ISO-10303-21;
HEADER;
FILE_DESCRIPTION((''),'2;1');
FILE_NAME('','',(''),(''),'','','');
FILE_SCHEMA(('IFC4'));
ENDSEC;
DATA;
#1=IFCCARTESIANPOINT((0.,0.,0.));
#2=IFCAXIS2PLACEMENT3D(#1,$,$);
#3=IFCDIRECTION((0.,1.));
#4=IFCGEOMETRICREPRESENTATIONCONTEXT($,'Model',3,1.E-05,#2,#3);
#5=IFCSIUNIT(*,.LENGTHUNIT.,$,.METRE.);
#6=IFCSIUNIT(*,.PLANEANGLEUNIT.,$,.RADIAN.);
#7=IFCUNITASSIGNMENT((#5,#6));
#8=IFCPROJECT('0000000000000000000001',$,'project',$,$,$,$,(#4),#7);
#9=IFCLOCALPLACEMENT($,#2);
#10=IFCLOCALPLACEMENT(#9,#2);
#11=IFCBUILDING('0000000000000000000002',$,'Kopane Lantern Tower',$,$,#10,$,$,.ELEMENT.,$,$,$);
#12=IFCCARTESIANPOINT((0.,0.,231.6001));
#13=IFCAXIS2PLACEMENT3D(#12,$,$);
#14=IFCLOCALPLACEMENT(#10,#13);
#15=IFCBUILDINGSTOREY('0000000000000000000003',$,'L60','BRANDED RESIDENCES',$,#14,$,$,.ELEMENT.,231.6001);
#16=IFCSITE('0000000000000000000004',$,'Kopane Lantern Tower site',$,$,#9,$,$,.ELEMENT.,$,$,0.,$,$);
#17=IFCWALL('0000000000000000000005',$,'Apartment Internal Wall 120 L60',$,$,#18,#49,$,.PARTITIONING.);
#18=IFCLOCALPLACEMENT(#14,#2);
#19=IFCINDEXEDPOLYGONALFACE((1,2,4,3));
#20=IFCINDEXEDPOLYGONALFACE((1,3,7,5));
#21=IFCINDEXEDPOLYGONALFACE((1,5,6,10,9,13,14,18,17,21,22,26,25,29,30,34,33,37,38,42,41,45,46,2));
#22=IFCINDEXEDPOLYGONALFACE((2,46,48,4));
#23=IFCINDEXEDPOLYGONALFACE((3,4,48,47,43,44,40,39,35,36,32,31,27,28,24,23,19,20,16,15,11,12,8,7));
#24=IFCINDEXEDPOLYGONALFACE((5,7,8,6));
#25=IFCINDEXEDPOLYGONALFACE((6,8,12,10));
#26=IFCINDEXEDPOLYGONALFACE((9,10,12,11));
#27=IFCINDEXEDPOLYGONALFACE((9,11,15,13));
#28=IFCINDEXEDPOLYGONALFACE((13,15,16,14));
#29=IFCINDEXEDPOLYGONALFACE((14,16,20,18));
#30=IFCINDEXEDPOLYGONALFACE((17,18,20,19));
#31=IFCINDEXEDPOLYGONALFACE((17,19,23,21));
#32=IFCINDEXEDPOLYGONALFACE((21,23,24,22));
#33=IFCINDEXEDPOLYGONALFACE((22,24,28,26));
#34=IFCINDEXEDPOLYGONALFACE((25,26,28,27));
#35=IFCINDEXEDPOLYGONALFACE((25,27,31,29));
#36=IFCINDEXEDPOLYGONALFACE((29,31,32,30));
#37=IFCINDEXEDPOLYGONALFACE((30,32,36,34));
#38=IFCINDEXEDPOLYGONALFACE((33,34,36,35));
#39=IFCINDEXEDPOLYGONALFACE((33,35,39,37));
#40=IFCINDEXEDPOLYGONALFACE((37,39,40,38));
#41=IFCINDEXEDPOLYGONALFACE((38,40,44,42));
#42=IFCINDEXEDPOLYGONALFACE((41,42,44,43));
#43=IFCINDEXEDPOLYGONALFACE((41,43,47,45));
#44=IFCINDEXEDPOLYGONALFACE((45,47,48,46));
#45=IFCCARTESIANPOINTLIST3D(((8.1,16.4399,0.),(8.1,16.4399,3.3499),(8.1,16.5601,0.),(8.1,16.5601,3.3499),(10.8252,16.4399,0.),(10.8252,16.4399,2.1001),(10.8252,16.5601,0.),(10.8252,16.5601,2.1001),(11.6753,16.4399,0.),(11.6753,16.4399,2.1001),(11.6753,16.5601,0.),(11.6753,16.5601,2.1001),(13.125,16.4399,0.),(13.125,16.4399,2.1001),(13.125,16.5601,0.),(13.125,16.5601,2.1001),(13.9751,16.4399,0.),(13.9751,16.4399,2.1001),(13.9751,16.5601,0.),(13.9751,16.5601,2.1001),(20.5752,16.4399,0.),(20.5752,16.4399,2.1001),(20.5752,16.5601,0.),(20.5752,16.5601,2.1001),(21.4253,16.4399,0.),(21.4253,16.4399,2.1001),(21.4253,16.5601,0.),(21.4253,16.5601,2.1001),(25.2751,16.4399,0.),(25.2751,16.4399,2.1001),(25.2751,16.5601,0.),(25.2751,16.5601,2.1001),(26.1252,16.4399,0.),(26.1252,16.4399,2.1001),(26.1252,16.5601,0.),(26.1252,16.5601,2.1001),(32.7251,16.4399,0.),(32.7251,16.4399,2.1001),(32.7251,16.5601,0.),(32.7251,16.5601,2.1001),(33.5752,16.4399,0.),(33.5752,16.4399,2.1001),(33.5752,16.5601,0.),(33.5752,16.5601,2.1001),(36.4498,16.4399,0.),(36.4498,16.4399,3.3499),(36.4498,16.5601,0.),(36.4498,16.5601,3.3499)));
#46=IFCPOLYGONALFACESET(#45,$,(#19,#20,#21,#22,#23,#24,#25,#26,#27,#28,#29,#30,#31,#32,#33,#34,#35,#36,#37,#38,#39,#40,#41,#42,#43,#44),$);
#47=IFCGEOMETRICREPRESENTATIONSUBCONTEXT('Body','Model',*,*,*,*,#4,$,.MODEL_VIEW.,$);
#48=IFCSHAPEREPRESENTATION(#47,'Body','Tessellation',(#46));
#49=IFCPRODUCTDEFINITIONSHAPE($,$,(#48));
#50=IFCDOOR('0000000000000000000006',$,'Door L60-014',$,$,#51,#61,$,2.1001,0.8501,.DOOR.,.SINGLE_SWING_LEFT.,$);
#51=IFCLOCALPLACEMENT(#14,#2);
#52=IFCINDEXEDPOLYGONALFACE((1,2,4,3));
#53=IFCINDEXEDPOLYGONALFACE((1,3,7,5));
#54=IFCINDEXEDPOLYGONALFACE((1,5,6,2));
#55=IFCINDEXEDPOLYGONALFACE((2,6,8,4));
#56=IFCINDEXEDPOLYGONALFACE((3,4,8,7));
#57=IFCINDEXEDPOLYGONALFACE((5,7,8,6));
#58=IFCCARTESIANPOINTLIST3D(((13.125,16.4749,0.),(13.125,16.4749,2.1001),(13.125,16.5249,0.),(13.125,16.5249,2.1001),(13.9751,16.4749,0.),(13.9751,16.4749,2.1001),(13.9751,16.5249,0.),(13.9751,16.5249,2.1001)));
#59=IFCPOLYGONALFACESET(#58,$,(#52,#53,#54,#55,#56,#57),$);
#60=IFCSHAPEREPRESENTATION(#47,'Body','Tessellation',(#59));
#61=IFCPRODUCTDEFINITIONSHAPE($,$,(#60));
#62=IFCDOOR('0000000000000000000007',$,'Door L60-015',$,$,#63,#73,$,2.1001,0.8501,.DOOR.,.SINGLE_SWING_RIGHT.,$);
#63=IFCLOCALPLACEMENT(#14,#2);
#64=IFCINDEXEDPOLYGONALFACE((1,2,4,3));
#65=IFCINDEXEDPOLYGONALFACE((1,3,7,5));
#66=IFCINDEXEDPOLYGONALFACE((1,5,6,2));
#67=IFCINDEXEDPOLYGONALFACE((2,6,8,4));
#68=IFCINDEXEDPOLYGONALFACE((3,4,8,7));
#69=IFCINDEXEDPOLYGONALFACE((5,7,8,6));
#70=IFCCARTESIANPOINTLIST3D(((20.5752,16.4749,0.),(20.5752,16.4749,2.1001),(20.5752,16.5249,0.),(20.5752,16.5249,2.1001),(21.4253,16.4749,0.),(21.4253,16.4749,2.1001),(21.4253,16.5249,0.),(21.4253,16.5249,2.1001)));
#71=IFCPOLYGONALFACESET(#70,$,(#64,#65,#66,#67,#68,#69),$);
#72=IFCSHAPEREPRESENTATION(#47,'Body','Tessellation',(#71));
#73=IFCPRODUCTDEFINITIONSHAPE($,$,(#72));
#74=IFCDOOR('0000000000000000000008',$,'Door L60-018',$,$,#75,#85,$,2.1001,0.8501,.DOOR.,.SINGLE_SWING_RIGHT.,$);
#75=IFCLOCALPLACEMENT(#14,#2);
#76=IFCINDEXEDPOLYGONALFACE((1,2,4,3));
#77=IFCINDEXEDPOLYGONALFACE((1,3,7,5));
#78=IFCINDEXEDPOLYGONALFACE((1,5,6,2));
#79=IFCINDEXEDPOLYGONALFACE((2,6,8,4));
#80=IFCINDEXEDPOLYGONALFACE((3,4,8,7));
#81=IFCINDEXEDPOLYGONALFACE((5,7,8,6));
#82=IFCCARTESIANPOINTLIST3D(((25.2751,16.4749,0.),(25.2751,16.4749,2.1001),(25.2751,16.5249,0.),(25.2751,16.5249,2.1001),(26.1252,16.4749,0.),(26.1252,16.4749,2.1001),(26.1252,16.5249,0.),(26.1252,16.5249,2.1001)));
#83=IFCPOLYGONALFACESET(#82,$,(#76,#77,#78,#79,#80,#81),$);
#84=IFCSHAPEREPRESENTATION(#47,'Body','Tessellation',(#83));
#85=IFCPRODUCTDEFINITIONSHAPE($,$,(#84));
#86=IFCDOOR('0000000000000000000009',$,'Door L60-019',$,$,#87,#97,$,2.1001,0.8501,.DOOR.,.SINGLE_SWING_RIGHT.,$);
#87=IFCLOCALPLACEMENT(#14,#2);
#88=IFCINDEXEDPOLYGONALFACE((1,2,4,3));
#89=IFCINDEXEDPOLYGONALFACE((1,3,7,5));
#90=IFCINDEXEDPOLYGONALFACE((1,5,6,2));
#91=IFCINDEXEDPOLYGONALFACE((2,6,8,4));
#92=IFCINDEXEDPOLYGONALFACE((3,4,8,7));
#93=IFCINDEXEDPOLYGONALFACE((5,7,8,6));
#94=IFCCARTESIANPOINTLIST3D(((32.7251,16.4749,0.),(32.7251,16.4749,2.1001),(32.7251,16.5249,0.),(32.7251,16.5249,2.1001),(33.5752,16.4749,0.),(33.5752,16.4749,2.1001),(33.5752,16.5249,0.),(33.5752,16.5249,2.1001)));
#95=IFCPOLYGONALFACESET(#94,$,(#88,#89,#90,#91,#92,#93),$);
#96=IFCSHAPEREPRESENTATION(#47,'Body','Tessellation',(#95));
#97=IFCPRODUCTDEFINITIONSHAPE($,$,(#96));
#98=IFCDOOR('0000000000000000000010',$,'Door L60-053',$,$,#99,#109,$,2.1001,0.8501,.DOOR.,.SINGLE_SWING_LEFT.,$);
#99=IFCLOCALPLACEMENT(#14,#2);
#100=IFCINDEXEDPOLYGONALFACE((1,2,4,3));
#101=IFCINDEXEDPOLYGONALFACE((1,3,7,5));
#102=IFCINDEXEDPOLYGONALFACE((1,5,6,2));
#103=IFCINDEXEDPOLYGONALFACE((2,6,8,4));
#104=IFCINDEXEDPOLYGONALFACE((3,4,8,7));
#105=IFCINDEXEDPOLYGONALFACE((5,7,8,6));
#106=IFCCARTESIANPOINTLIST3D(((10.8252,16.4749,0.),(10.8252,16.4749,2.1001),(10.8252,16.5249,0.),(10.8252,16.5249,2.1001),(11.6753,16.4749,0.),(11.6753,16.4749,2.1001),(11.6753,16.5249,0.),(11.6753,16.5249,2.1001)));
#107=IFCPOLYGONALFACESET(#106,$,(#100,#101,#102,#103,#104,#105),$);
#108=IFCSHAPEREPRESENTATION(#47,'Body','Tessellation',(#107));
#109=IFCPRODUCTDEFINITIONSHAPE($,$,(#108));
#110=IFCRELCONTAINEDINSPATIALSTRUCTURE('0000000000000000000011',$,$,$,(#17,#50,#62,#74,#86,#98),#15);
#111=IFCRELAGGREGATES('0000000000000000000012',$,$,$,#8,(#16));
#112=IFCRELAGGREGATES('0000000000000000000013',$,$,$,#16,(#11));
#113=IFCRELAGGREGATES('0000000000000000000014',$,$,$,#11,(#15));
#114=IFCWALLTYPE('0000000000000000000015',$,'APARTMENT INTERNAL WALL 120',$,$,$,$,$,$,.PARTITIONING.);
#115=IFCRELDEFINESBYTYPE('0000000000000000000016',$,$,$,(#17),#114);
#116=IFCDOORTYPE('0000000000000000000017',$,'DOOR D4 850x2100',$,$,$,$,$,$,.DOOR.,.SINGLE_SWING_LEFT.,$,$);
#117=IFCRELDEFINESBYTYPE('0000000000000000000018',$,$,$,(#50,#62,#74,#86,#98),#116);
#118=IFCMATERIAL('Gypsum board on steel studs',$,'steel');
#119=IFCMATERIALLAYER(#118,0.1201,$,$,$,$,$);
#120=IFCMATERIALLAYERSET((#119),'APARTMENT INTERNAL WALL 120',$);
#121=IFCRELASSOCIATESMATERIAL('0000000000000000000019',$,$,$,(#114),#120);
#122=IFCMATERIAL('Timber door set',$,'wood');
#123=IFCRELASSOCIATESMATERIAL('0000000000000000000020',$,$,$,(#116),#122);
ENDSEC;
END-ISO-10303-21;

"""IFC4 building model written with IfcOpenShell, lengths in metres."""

from ifc_helpers import new_model, si_unit, direction, frame, frame_2d, origin, place, context, subcontext, project, spatial, rectangle, extrude, material, layer, layer_set, type_object, element, fill, save


model = new_model("IFC4")

# Units and contexts
model_context = context("Model", 3, precision=1e-05, world=origin(), true_north=direction((0.0, 1.0)))
body_context = subcontext(model_context, "Body", "Model", "MODEL_VIEW")
ifc_project = project(units=[si_unit("LENGTHUNIT", "METRE"), si_unit("PLANEANGLEUNIT", "RADIAN")], contexts=[model_context])

# Site, building, storey
site_placement = place(None, origin())
site = spatial("IfcSite", under=ifc_project, at=site_placement, Name="Kopane Lantern Tower site", CompositionType="ELEMENT", RefElevation=0.0)
building_placement = place(site_placement, origin())
building = spatial("IfcBuilding", under=site, at=building_placement, Name="Kopane Lantern Tower", CompositionType="ELEMENT")
storey_placement = place(building_placement, frame((0.0, 0.0, 231.6001)))
storey = spatial("IfcBuildingStorey", under=building, at=storey_placement, Name="L60", Description="BRANDED RESIDENCES", CompositionType="ELEMENT", Elevation=231.6001)

# Wall, openings, doors
ifc_material_1 = material(Name="Gypsum board on steel studs", Category="steel")
ifc_layer_1 = layer(ifc_material_1, 0.1201)
ifc_layer_set_1 = layer_set([ifc_layer_1], Name="APARTMENT INTERNAL WALL 120")
wall_type_1 = type_object("IfcWallType", Name="APARTMENT INTERNAL WALL 120", PredefinedType="PARTITIONING", material=ifc_layer_set_1)
ifc_material_2 = material(Name="Timber door set", Category="wood")
door_type_1 = type_object("IfcDoorType", Name="DOOR D4 850x2100", OperationType="SINGLE_SWING_LEFT", PredefinedType="DOOR", material=ifc_material_2)
wall_1_placement = place(storey_placement, frame((8.1001, 16.5, 0.0), z_axis=(0.0, 0.0, 1.0), x_axis=(1.0, 0.0, 0.0)))
wall_1 = element("IfcWall", 1, at=wall_1_placement, inside=storey, type_object=wall_type_1, Name="Apartment Internal Wall 120 L60", PredefinedType="PARTITIONING", context=body_context, shape_type="SweptSolid", body=[
    extrude(rectangle(XDim=28.3499, YDim=0.1201, at=frame_2d((14.1748, 0.0))), origin(), (0.0, 0.0, 1.0), 3.3499),
])
opening_1_placement = place(wall_1_placement, frame((5.0249, 0.0, 0.0)))
opening_1 = element("IfcOpeningElement", 2, at=opening_1_placement, cuts=wall_1, PredefinedType="OPENING", context=body_context, shape_type="SweptSolid", body=[
    extrude(rectangle(XDim=0.8501, YDim=2.1001, at=frame_2d((0.425, 1.05))), frame((0.0, 0.0701, 0.0), z_axis=(0.0, -1.0, 0.0), x_axis=(1.0, 0.0, 0.0)), (0.0, 0.0, 1.0), 0.1401),
])
opening_2_placement = place(wall_1_placement, frame((12.4751, 0.0, 0.0)))
opening_2 = element("IfcOpeningElement", 3, at=opening_2_placement, cuts=wall_1, PredefinedType="OPENING", context=body_context, shape_type="SweptSolid", body=[
    extrude(rectangle(XDim=0.8501, YDim=2.1001, at=frame_2d((0.425, 1.05))), frame((0.0, 0.0701, 0.0), z_axis=(0.0, -1.0, 0.0), x_axis=(1.0, 0.0, 0.0)), (0.0, 0.0, 1.0), 0.1401),
])
opening_3_placement = place(wall_1_placement, frame((17.175, 0.0, 0.0)))
opening_3 = element("IfcOpeningElement", 4, at=opening_3_placement, cuts=wall_1, PredefinedType="OPENING", context=body_context, shape_type="SweptSolid", body=[
    extrude(rectangle(XDim=0.8501, YDim=2.1001, at=frame_2d((0.425, 1.05))), frame((0.0, 0.0701, 0.0), z_axis=(0.0, -1.0, 0.0), x_axis=(1.0, 0.0, 0.0)), (0.0, 0.0, 1.0), 0.1401),
])
opening_4_placement = place(wall_1_placement, frame((24.625, 0.0, 0.0)))
opening_4 = element("IfcOpeningElement", 5, at=opening_4_placement, cuts=wall_1, PredefinedType="OPENING", context=body_context, shape_type="SweptSolid", body=[
    extrude(rectangle(XDim=0.8501, YDim=2.1001, at=frame_2d((0.425, 1.05))), frame((0.0, 0.0701, 0.0), z_axis=(0.0, -1.0, 0.0), x_axis=(1.0, 0.0, 0.0)), (0.0, 0.0, 1.0), 0.1401),
])
opening_5_placement = place(wall_1_placement, frame((2.7251, 0.0, 0.0)))
opening_5 = element("IfcOpeningElement", 6, at=opening_5_placement, cuts=wall_1, PredefinedType="OPENING", context=body_context, shape_type="SweptSolid", body=[
    extrude(rectangle(XDim=0.8501, YDim=2.1001, at=frame_2d((0.425, 1.05))), frame((0.0, 0.0701, 0.0), z_axis=(0.0, -1.0, 0.0), x_axis=(1.0, 0.0, 0.0)), (0.0, 0.0, 1.0), 0.1401),
])
door_1_placement = place(opening_1_placement, origin())
door_1 = element("IfcDoor", 7, at=door_1_placement, inside=storey, type_object=door_type_1, Name="Door L60-014", OperationType="SINGLE_SWING_LEFT", OverallHeight=2.1001, OverallWidth=0.8501, PredefinedType="DOOR", context=body_context, shape_type="SweptSolid", body=[
    extrude(rectangle(XDim=0.8501, YDim=2.1001, at=frame_2d((0.425, 1.05))), frame((0.0, 0.0249, 0.0), z_axis=(0.0, -1.0, 0.0), x_axis=(1.0, 0.0, 0.0)), (0.0, 0.0, 1.0), 0.05),
])
fill(opening_1, door_1)
door_2_placement = place(opening_2_placement, origin())
door_2 = element("IfcDoor", 8, at=door_2_placement, inside=storey, type_object=door_type_1, Name="Door L60-015", OperationType="SINGLE_SWING_RIGHT", OverallHeight=2.1001, OverallWidth=0.8501, PredefinedType="DOOR", context=body_context, shape_type="SweptSolid", body=[
    extrude(rectangle(XDim=0.8501, YDim=2.1001, at=frame_2d((0.425, 1.05))), frame((0.0, 0.0249, 0.0), z_axis=(0.0, -1.0, 0.0), x_axis=(1.0, 0.0, 0.0)), (0.0, 0.0, 1.0), 0.05),
])
fill(opening_2, door_2)
door_3_placement = place(opening_3_placement, origin())
door_3 = element("IfcDoor", 9, at=door_3_placement, inside=storey, type_object=door_type_1, Name="Door L60-018", OperationType="SINGLE_SWING_RIGHT", OverallHeight=2.1001, OverallWidth=0.8501, PredefinedType="DOOR", context=body_context, shape_type="SweptSolid", body=[
    extrude(rectangle(XDim=0.8501, YDim=2.1001, at=frame_2d((0.425, 1.05))), frame((0.0, 0.0249, 0.0), z_axis=(0.0, -1.0, 0.0), x_axis=(1.0, 0.0, 0.0)), (0.0, 0.0, 1.0), 0.05),
])
fill(opening_3, door_3)
door_4_placement = place(opening_4_placement, origin())
door_4 = element("IfcDoor", 10, at=door_4_placement, inside=storey, type_object=door_type_1, Name="Door L60-019", OperationType="SINGLE_SWING_RIGHT", OverallHeight=2.1001, OverallWidth=0.8501, PredefinedType="DOOR", context=body_context, shape_type="SweptSolid", body=[
    extrude(rectangle(XDim=0.8501, YDim=2.1001, at=frame_2d((0.425, 1.05))), frame((0.0, 0.0249, 0.0), z_axis=(0.0, -1.0, 0.0), x_axis=(1.0, 0.0, 0.0)), (0.0, 0.0, 1.0), 0.05),
])
fill(opening_4, door_4)
door_5_placement = place(opening_5_placement, origin())
door_5 = element("IfcDoor", 11, at=door_5_placement, inside=storey, type_object=door_type_1, Name="Door L60-053", OperationType="SINGLE_SWING_LEFT", OverallHeight=2.1001, OverallWidth=0.8501, PredefinedType="DOOR", context=body_context, shape_type="SweptSolid", body=[
    extrude(rectangle(XDim=0.8501, YDim=2.1001, at=frame_2d((0.425, 1.05))), frame((0.0, 0.0249, 0.0), z_axis=(0.0, -1.0, 0.0), x_axis=(1.0, 0.0, 0.0)), (0.0, 0.0, 1.0), 0.05),
])
fill(opening_5, door_5)

save(model, "model.ifc")
